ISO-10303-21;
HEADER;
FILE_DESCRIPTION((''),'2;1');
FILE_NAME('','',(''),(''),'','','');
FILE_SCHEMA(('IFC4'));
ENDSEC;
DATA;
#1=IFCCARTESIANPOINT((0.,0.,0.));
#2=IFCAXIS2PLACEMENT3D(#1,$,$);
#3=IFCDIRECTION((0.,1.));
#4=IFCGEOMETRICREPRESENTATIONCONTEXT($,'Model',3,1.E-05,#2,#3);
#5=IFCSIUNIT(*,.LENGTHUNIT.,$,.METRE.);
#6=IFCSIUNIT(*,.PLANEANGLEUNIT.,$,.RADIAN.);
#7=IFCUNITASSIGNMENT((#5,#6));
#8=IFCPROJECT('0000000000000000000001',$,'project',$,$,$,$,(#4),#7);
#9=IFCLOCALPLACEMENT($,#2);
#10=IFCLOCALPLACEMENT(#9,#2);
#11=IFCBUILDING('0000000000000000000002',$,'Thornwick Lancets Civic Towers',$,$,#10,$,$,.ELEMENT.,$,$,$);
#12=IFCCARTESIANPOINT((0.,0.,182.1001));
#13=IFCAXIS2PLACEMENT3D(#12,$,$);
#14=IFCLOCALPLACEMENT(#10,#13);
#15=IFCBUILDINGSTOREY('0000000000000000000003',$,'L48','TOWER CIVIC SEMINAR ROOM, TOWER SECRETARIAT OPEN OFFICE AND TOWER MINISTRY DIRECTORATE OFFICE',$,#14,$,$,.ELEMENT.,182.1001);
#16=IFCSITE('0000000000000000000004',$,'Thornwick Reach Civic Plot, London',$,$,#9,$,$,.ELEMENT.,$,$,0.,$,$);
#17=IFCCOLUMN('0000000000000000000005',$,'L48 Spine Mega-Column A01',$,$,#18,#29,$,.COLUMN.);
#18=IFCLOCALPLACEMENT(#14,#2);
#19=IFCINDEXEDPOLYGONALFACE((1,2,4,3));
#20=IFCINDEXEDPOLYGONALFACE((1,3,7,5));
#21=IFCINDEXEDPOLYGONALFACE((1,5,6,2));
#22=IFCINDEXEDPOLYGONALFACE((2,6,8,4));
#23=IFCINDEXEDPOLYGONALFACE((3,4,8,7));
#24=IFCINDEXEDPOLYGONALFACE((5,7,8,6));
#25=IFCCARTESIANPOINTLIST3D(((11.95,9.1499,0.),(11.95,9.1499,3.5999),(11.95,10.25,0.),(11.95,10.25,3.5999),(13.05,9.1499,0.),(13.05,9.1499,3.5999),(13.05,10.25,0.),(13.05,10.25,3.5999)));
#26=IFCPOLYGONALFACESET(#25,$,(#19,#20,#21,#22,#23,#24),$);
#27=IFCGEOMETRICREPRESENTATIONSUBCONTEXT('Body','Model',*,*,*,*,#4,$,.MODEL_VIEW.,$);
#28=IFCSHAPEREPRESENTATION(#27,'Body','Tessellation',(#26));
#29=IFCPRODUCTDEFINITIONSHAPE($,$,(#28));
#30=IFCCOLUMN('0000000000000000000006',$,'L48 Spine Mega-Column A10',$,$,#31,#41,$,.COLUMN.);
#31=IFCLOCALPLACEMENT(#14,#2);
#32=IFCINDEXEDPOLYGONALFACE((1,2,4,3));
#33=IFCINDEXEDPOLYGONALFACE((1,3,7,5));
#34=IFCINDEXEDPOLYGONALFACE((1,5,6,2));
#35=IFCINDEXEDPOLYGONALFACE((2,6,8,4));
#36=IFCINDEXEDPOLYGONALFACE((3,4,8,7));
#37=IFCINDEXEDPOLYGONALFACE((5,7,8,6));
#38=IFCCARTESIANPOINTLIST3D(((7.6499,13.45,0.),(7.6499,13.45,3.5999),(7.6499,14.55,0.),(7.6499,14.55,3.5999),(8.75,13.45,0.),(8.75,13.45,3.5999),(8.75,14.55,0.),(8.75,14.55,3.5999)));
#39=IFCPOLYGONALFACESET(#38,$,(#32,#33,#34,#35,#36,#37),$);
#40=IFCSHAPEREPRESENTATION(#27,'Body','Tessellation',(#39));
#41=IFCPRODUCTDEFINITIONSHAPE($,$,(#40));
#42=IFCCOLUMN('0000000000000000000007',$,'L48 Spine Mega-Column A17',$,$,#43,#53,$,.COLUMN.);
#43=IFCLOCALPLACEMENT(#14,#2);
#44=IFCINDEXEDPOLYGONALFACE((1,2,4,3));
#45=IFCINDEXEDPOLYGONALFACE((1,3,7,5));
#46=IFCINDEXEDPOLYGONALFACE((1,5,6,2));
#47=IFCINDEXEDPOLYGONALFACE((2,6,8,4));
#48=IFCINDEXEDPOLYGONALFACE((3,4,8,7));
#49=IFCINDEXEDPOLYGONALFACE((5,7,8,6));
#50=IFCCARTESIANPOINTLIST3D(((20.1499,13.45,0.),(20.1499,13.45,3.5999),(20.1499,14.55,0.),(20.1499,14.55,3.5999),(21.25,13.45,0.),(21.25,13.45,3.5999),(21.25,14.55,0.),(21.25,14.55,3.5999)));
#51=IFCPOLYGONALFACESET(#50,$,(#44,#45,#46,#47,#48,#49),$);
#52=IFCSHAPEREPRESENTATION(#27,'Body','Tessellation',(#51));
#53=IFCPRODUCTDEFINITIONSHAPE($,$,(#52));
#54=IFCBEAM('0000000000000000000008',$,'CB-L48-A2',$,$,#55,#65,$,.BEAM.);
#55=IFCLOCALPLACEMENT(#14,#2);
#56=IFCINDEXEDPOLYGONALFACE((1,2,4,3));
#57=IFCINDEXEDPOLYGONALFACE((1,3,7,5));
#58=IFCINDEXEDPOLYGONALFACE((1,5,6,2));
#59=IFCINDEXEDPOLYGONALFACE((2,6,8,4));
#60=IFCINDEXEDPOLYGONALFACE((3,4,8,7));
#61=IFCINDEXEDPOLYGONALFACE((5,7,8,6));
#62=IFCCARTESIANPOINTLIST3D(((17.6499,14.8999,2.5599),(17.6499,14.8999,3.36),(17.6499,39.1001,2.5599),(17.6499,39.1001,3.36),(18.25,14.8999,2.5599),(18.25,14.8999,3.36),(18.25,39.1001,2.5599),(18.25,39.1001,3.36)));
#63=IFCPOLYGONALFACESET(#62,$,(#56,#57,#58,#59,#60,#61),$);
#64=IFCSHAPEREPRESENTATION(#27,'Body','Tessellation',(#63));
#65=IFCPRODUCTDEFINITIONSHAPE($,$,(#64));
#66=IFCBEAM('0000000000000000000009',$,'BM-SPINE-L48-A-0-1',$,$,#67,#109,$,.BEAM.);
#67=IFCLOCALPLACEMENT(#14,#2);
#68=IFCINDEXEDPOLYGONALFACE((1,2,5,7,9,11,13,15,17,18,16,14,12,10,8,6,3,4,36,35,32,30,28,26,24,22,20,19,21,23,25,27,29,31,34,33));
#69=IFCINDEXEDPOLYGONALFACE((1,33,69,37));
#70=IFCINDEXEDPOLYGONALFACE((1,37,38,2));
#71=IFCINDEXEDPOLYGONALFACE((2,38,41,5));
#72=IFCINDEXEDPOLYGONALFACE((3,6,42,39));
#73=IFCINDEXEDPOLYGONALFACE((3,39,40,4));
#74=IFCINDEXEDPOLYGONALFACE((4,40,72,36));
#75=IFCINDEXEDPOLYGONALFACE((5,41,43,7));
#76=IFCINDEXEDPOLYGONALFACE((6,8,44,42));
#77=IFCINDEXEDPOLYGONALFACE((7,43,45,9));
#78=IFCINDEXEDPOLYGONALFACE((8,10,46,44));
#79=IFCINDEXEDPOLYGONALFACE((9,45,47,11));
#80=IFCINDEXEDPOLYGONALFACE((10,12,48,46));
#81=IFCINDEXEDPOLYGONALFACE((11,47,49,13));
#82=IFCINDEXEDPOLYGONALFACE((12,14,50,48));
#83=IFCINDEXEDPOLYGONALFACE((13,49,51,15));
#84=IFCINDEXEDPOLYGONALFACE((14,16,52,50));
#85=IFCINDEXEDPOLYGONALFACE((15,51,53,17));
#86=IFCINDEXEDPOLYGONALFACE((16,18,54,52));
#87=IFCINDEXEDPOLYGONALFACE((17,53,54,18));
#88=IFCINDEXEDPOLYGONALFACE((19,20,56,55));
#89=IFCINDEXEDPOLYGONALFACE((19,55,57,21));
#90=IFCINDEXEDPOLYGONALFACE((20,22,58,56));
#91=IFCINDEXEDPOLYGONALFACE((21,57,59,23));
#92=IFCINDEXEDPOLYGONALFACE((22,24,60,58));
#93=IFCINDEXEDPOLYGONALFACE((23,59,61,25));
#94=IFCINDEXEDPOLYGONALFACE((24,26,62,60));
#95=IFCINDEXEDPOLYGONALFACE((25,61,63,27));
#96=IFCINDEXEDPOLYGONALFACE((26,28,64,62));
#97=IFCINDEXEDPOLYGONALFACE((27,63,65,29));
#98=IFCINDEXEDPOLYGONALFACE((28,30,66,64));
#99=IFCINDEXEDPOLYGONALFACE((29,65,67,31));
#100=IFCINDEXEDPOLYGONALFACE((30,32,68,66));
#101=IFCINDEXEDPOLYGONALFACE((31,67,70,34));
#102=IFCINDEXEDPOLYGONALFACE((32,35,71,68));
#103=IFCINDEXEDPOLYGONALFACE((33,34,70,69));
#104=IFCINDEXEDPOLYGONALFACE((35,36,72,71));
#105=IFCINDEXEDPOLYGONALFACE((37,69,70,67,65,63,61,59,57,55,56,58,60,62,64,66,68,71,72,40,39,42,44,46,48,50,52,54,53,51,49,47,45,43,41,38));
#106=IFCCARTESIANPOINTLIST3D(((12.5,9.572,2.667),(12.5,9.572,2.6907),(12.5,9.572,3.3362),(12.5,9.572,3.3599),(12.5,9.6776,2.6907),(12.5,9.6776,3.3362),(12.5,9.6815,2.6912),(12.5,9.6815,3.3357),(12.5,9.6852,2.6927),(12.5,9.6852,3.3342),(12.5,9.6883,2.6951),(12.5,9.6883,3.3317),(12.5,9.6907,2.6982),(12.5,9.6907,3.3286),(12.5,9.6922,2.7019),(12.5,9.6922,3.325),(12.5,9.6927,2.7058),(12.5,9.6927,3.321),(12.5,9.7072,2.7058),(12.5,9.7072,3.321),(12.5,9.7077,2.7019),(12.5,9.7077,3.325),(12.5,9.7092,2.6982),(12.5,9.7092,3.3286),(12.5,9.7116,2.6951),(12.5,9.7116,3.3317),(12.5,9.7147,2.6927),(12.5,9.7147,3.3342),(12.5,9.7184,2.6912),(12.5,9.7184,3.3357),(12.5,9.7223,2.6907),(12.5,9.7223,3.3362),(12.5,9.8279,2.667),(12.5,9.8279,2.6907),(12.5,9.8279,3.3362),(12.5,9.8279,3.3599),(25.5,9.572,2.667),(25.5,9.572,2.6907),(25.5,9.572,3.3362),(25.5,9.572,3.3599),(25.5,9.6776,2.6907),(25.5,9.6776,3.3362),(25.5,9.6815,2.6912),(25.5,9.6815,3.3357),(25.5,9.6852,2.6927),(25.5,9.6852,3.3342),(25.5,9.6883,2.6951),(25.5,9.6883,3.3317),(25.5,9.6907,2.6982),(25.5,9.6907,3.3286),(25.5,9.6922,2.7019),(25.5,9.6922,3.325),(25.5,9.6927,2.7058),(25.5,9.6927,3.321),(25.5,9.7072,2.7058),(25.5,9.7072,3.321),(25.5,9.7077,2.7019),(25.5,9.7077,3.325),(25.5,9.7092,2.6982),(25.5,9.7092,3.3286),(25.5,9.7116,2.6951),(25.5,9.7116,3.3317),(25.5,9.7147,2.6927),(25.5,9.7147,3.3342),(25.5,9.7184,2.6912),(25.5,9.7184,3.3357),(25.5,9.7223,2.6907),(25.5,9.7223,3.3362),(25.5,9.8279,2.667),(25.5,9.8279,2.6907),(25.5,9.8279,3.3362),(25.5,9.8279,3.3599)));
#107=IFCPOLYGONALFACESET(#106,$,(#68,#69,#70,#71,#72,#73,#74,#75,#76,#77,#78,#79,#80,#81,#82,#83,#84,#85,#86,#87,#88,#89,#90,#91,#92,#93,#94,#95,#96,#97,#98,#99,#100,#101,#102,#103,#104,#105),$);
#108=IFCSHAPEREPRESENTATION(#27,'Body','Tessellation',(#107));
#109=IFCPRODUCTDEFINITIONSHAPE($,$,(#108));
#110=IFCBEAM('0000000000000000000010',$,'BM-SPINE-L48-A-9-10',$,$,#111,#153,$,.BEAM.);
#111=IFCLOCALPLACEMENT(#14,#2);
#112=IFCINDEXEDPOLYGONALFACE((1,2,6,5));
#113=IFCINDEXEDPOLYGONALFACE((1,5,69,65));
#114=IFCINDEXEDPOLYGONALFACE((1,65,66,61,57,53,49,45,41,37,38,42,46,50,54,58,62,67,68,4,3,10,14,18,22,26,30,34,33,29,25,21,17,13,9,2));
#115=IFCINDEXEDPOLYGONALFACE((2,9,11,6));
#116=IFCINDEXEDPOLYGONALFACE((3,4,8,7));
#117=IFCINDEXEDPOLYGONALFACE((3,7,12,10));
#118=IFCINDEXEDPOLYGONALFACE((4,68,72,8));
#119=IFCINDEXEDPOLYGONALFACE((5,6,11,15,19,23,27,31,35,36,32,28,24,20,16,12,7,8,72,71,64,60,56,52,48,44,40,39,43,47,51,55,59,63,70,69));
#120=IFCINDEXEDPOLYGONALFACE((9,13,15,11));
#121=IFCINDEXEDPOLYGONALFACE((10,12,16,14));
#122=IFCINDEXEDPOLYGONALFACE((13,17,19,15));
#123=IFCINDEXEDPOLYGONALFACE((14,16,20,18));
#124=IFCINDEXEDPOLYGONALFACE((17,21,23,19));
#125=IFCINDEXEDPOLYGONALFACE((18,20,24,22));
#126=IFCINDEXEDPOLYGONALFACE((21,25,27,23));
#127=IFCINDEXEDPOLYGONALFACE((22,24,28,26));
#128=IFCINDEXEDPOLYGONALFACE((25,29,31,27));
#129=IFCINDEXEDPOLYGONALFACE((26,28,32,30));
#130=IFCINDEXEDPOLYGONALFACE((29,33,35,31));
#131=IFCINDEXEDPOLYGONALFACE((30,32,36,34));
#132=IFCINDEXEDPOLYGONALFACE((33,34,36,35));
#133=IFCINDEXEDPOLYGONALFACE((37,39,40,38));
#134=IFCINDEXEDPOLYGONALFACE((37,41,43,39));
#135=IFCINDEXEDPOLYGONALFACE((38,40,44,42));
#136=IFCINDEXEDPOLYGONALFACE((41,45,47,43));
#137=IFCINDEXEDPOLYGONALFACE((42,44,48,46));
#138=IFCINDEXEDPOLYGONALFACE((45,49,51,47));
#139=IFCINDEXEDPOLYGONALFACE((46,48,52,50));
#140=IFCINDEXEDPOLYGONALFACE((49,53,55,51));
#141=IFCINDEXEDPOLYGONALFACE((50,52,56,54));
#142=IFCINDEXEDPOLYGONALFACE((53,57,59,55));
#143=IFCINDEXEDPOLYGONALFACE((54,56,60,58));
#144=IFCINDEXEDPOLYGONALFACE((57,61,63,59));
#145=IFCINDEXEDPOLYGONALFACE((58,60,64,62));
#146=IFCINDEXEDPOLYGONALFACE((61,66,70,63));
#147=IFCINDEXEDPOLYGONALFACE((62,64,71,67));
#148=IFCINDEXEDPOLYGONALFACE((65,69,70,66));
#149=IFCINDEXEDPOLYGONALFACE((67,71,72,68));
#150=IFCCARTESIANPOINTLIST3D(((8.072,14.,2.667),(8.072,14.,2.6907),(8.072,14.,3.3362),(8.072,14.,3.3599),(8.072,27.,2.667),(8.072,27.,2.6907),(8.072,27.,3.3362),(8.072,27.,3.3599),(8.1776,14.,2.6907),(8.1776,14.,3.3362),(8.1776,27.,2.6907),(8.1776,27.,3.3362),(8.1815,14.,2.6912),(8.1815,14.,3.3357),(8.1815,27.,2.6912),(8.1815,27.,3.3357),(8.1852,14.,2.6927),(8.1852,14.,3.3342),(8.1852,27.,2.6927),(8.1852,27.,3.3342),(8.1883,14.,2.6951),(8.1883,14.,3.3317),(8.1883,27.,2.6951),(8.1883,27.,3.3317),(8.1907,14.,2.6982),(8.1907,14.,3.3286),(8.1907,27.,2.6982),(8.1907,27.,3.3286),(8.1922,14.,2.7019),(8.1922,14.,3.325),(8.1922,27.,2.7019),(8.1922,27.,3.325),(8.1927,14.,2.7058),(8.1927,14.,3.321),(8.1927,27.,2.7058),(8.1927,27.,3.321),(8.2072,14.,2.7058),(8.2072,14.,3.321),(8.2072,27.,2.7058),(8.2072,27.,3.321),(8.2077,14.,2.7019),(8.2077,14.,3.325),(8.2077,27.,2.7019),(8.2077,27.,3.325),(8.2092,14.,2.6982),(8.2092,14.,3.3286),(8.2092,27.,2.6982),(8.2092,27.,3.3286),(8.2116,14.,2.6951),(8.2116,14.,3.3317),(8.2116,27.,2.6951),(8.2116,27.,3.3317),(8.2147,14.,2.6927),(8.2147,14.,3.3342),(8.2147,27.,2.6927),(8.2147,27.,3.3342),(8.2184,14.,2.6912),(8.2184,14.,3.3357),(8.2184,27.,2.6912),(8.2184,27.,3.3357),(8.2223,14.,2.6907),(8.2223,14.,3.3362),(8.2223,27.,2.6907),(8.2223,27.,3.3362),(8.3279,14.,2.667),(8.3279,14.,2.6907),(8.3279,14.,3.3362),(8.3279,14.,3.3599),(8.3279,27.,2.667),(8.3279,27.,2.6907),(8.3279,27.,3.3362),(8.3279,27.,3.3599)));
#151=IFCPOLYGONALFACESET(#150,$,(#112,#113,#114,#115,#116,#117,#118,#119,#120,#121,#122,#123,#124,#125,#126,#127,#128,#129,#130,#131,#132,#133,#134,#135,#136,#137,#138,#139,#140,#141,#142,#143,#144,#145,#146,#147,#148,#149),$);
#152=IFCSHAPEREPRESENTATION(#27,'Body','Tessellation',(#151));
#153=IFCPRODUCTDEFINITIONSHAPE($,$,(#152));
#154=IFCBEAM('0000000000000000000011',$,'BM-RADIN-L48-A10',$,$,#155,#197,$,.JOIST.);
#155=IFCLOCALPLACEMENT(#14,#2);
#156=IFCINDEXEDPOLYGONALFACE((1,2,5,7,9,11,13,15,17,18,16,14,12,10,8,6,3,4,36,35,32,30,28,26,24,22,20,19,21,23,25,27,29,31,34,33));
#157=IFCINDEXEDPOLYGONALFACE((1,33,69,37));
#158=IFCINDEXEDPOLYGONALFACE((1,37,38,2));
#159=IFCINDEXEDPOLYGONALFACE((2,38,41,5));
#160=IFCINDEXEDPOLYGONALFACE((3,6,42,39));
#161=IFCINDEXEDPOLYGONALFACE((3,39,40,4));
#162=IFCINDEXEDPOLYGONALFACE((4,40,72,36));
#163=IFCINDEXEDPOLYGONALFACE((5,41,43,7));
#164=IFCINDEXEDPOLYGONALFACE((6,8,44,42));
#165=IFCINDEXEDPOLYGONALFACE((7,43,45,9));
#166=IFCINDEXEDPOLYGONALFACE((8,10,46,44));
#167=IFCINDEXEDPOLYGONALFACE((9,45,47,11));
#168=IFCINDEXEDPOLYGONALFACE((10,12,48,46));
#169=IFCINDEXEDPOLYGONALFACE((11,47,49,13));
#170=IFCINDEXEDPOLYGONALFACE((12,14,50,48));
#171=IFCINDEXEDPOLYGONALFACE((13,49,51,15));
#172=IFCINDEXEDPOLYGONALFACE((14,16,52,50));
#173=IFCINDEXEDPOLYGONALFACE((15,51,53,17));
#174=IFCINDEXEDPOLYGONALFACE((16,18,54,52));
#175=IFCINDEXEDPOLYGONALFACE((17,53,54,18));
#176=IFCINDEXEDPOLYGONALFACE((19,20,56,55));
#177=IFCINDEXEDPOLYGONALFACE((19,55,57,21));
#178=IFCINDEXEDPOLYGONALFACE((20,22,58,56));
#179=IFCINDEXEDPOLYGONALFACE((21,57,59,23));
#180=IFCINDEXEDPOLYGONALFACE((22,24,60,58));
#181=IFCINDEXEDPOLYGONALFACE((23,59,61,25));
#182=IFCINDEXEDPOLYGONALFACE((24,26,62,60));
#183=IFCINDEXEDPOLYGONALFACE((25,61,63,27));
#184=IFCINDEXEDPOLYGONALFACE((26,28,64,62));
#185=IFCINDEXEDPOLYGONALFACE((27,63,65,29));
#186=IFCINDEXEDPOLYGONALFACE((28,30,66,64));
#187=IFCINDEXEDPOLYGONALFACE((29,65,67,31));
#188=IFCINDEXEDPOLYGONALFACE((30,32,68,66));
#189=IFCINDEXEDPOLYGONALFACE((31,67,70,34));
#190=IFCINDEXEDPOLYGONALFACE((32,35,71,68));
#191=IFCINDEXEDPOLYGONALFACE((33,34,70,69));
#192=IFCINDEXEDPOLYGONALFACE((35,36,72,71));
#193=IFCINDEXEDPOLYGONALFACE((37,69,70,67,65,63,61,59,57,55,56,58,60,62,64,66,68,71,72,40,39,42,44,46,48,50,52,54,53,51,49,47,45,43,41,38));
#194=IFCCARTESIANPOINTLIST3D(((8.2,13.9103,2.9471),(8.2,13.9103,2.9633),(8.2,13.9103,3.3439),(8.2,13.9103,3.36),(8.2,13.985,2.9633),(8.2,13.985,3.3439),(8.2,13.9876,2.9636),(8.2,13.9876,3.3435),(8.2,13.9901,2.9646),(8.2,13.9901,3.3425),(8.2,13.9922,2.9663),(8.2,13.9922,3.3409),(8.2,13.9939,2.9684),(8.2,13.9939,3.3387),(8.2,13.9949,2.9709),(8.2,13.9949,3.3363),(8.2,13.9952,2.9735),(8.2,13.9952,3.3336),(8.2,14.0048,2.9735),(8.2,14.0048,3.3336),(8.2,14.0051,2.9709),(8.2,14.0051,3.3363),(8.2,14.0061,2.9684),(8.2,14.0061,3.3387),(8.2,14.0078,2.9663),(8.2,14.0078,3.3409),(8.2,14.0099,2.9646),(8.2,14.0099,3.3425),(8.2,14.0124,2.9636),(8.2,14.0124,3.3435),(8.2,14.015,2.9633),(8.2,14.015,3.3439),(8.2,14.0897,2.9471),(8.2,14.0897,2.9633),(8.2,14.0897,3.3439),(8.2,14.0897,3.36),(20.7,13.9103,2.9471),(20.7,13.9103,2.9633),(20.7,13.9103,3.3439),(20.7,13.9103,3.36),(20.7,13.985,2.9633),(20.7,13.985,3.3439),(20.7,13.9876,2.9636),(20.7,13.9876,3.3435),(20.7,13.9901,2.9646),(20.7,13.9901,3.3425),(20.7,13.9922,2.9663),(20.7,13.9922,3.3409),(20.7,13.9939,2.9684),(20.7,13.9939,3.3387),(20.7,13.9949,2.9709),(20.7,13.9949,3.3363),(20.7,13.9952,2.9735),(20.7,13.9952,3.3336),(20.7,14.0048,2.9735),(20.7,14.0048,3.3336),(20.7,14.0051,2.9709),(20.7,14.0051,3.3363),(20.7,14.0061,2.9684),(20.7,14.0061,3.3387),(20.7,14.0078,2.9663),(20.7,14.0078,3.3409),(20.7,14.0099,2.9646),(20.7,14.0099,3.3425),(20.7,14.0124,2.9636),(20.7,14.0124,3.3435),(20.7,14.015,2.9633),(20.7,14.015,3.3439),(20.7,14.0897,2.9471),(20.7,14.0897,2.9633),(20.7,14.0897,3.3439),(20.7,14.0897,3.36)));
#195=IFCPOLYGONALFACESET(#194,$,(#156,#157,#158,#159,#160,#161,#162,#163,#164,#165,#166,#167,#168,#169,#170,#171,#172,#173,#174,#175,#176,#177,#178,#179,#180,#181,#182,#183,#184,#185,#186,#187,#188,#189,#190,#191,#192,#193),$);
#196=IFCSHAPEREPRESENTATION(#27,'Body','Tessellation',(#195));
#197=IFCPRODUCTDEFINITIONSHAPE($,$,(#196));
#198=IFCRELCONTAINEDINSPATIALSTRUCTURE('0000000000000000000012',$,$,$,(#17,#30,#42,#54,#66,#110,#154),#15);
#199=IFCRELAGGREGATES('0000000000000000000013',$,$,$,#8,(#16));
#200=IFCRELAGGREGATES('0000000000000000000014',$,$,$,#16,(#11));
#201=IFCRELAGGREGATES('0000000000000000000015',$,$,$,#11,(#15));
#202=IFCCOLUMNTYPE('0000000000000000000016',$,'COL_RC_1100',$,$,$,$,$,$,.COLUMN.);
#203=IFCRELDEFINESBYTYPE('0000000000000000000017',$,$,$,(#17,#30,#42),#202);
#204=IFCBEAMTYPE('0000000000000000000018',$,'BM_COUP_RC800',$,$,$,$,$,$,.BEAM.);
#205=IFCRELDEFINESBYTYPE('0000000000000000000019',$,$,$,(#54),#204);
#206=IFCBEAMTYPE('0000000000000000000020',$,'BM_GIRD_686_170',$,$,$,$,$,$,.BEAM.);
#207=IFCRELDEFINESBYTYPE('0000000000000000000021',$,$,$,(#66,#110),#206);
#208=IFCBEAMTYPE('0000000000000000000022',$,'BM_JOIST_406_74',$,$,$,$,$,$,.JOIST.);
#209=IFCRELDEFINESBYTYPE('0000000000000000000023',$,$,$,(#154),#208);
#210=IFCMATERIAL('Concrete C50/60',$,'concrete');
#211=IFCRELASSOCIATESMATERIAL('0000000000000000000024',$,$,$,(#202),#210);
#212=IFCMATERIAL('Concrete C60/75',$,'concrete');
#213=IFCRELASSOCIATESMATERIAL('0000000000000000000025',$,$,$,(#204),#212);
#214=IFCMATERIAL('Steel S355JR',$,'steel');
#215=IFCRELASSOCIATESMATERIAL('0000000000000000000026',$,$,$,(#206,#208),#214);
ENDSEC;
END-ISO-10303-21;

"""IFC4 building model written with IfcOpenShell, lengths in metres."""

from ifc_helpers import new_model, si_unit, direction, frame, origin, origin_2d, place, context, subcontext, project, spatial, rectangle, i_section, extrude, material, material_profile, profile_set, type_object, element, save


model = new_model("IFC4")

# Units and contexts
model_context = context("Model", 3, precision=1e-05, world=origin(), true_north=direction((0.0, 1.0)))
body_context = subcontext(model_context, "Body", "Model", "MODEL_VIEW")
ifc_project = project(units=[si_unit("LENGTHUNIT", "METRE"), si_unit("PLANEANGLEUNIT", "RADIAN")], contexts=[model_context])

# Site, building, storey
site_placement = place(None, origin())
site = spatial("IfcSite", under=ifc_project, at=site_placement, Name="Thornwick Reach Civic Plot, London", CompositionType="ELEMENT", RefElevation=0.0)
building_placement = place(site_placement, origin())
building = spatial("IfcBuilding", under=site, at=building_placement, Name="Thornwick Lancets Civic Towers", CompositionType="ELEMENT")
storey_placement = place(building_placement, frame((0.0, 0.0, 182.1001)))
storey = spatial("IfcBuildingStorey", under=building, at=storey_placement, Name="L48", Description="TOWER CIVIC SEMINAR ROOM, TOWER SECRETARIAT OPEN OFFICE AND TOWER MINISTRY DIRECTORATE OFFICE", CompositionType="ELEMENT", Elevation=182.1001)

# Columns
ifc_material_1 = material(Name="Concrete C50/60", Category="concrete")
ifc_material_profile_1 = material_profile(ifc_material_1, rectangle(XDim=1.1001, YDim=1.1001, at=origin_2d()), Name="RC 1100x1100")
ifc_profile_set_1 = profile_set([ifc_material_profile_1], Name="Concrete C50/60")
column_type = type_object("IfcColumnType", Name="COL_RC_1100", PredefinedType="COLUMN", material=ifc_profile_set_1)
for number, where, z_axis, x_axis, name in (
    (1, (12.5, 9.7, 0.0), (0.0, 0.0, 1.0), (1.0, 0.0, 0.0), "L48 Spine Mega-Column A01"),
    (2, (8.2, 14.0, 0.0), (0.0, 0.0, 1.0), (1.0, 0.0, 0.0), "L48 Spine Mega-Column A10"),
    (3, (20.7, 14.0, 0.0), (0.0, 0.0, 1.0), (1.0, 0.0, 0.0), "L48 Spine Mega-Column A17"),
):
    element("IfcColumn", number, at=place(storey_placement, frame(where, z_axis=z_axis, x_axis=x_axis)), inside=storey, type_object=column_type, Name=name, PredefinedType="COLUMN", context=body_context, shape_type="SweptSolid", body=[
        extrude(rectangle(XDim=1.1001, YDim=1.1001, at=origin_2d()), origin(), (0.0, 0.0, 1.0), 3.5999),
    ])

# Beams
ifc_material_2 = material(Name="Concrete C60/75", Category="concrete")
ifc_material_profile_2 = material_profile(ifc_material_2, rectangle(XDim=0.6001, YDim=0.8, at=origin_2d()), Name="RC 600x800")
ifc_profile_set_2 = profile_set([ifc_material_profile_2], Name="Concrete C60/75")
beam_type_1 = type_object("IfcBeamType", Name="BM_COUP_RC800", PredefinedType="BEAM", material=ifc_profile_set_2)
beam_1_placement = place(storey_placement, frame((17.95, 14.8999, 2.96), z_axis=(0.0, 1.0, 0.0), x_axis=(-1.0, 0.0, 0.0)))
element("IfcBeam", 4, at=beam_1_placement, inside=storey, type_object=beam_type_1, Name="CB-L48-A2", PredefinedType="BEAM", context=body_context, shape_type="SweptSolid", body=[
    extrude(rectangle(XDim=0.6001, YDim=0.8, at=origin_2d()), origin(), (0.0, 0.0, 1.0), 24.2002),
])
ifc_material_3 = material(Name="Steel S355JR", Category="steel")
ifc_material_profile_3 = material_profile(ifc_material_3, i_section(OverallWidth=0.2559, OverallDepth=0.6929, WebThickness=0.0144, FlangeThickness=0.0237, FilletRadius=0.0151, at=origin_2d()), Name="UKB 686x254x170")
ifc_profile_set_3 = profile_set([ifc_material_profile_3], Name="Steel S355JR")
beam_type_2 = type_object("IfcBeamType", Name="BM_GIRD_686_170", PredefinedType="BEAM", material=ifc_profile_set_3)
for number, where, z_axis, x_axis, name in (
    (5, (12.5, 9.7, 3.0134), (1.0, 0.0, 0.0), (0.0, 1.0, 0.0), "BM-SPINE-L48-A-0-1"),
    (6, (8.2, 14.0, 3.0134), (0.0, 1.0, 0.0), (-1.0, 0.0, 0.0), "BM-SPINE-L48-A-9-10"),
):
    element("IfcBeam", number, at=place(storey_placement, frame(where, z_axis=z_axis, x_axis=x_axis)), inside=storey, type_object=beam_type_2, Name=name, PredefinedType="BEAM", context=body_context, shape_type="SweptSolid", body=[
        extrude(i_section(OverallWidth=0.2559, OverallDepth=0.6929, WebThickness=0.0144, FlangeThickness=0.0237, FilletRadius=0.0151, at=origin_2d()), origin(), (0.0, 0.0, 1.0), 13.0),
    ])
ifc_material_profile_4 = material_profile(ifc_material_3, i_section(OverallWidth=0.1794, OverallDepth=0.4128, WebThickness=0.0095, FlangeThickness=0.0161, FilletRadius=0.0103, at=origin_2d()), Name="UKB 406x178x74")
ifc_profile_set_4 = profile_set([ifc_material_profile_4], Name="Steel S355JR")
beam_type_3 = type_object("IfcBeamType", Name="BM_JOIST_406_74", PredefinedType="JOIST", material=ifc_profile_set_4)
beam_2_placement = place(storey_placement, frame((20.7, 14.0, 3.1536), z_axis=(-1.0, 0.0, 0.0), x_axis=(0.0, -1.0, 0.0)))
element("IfcBeam", 7, at=beam_2_placement, inside=storey, type_object=beam_type_3, Name="BM-RADIN-L48-A10", PredefinedType="JOIST", context=body_context, shape_type="SweptSolid", body=[
    extrude(i_section(OverallWidth=0.1794, OverallDepth=0.4128, WebThickness=0.0095, FlangeThickness=0.0161, FilletRadius=0.0103, at=origin_2d()), origin(), (0.0, 0.0, 1.0), 12.5),
])

save(model, "model.ifc")
